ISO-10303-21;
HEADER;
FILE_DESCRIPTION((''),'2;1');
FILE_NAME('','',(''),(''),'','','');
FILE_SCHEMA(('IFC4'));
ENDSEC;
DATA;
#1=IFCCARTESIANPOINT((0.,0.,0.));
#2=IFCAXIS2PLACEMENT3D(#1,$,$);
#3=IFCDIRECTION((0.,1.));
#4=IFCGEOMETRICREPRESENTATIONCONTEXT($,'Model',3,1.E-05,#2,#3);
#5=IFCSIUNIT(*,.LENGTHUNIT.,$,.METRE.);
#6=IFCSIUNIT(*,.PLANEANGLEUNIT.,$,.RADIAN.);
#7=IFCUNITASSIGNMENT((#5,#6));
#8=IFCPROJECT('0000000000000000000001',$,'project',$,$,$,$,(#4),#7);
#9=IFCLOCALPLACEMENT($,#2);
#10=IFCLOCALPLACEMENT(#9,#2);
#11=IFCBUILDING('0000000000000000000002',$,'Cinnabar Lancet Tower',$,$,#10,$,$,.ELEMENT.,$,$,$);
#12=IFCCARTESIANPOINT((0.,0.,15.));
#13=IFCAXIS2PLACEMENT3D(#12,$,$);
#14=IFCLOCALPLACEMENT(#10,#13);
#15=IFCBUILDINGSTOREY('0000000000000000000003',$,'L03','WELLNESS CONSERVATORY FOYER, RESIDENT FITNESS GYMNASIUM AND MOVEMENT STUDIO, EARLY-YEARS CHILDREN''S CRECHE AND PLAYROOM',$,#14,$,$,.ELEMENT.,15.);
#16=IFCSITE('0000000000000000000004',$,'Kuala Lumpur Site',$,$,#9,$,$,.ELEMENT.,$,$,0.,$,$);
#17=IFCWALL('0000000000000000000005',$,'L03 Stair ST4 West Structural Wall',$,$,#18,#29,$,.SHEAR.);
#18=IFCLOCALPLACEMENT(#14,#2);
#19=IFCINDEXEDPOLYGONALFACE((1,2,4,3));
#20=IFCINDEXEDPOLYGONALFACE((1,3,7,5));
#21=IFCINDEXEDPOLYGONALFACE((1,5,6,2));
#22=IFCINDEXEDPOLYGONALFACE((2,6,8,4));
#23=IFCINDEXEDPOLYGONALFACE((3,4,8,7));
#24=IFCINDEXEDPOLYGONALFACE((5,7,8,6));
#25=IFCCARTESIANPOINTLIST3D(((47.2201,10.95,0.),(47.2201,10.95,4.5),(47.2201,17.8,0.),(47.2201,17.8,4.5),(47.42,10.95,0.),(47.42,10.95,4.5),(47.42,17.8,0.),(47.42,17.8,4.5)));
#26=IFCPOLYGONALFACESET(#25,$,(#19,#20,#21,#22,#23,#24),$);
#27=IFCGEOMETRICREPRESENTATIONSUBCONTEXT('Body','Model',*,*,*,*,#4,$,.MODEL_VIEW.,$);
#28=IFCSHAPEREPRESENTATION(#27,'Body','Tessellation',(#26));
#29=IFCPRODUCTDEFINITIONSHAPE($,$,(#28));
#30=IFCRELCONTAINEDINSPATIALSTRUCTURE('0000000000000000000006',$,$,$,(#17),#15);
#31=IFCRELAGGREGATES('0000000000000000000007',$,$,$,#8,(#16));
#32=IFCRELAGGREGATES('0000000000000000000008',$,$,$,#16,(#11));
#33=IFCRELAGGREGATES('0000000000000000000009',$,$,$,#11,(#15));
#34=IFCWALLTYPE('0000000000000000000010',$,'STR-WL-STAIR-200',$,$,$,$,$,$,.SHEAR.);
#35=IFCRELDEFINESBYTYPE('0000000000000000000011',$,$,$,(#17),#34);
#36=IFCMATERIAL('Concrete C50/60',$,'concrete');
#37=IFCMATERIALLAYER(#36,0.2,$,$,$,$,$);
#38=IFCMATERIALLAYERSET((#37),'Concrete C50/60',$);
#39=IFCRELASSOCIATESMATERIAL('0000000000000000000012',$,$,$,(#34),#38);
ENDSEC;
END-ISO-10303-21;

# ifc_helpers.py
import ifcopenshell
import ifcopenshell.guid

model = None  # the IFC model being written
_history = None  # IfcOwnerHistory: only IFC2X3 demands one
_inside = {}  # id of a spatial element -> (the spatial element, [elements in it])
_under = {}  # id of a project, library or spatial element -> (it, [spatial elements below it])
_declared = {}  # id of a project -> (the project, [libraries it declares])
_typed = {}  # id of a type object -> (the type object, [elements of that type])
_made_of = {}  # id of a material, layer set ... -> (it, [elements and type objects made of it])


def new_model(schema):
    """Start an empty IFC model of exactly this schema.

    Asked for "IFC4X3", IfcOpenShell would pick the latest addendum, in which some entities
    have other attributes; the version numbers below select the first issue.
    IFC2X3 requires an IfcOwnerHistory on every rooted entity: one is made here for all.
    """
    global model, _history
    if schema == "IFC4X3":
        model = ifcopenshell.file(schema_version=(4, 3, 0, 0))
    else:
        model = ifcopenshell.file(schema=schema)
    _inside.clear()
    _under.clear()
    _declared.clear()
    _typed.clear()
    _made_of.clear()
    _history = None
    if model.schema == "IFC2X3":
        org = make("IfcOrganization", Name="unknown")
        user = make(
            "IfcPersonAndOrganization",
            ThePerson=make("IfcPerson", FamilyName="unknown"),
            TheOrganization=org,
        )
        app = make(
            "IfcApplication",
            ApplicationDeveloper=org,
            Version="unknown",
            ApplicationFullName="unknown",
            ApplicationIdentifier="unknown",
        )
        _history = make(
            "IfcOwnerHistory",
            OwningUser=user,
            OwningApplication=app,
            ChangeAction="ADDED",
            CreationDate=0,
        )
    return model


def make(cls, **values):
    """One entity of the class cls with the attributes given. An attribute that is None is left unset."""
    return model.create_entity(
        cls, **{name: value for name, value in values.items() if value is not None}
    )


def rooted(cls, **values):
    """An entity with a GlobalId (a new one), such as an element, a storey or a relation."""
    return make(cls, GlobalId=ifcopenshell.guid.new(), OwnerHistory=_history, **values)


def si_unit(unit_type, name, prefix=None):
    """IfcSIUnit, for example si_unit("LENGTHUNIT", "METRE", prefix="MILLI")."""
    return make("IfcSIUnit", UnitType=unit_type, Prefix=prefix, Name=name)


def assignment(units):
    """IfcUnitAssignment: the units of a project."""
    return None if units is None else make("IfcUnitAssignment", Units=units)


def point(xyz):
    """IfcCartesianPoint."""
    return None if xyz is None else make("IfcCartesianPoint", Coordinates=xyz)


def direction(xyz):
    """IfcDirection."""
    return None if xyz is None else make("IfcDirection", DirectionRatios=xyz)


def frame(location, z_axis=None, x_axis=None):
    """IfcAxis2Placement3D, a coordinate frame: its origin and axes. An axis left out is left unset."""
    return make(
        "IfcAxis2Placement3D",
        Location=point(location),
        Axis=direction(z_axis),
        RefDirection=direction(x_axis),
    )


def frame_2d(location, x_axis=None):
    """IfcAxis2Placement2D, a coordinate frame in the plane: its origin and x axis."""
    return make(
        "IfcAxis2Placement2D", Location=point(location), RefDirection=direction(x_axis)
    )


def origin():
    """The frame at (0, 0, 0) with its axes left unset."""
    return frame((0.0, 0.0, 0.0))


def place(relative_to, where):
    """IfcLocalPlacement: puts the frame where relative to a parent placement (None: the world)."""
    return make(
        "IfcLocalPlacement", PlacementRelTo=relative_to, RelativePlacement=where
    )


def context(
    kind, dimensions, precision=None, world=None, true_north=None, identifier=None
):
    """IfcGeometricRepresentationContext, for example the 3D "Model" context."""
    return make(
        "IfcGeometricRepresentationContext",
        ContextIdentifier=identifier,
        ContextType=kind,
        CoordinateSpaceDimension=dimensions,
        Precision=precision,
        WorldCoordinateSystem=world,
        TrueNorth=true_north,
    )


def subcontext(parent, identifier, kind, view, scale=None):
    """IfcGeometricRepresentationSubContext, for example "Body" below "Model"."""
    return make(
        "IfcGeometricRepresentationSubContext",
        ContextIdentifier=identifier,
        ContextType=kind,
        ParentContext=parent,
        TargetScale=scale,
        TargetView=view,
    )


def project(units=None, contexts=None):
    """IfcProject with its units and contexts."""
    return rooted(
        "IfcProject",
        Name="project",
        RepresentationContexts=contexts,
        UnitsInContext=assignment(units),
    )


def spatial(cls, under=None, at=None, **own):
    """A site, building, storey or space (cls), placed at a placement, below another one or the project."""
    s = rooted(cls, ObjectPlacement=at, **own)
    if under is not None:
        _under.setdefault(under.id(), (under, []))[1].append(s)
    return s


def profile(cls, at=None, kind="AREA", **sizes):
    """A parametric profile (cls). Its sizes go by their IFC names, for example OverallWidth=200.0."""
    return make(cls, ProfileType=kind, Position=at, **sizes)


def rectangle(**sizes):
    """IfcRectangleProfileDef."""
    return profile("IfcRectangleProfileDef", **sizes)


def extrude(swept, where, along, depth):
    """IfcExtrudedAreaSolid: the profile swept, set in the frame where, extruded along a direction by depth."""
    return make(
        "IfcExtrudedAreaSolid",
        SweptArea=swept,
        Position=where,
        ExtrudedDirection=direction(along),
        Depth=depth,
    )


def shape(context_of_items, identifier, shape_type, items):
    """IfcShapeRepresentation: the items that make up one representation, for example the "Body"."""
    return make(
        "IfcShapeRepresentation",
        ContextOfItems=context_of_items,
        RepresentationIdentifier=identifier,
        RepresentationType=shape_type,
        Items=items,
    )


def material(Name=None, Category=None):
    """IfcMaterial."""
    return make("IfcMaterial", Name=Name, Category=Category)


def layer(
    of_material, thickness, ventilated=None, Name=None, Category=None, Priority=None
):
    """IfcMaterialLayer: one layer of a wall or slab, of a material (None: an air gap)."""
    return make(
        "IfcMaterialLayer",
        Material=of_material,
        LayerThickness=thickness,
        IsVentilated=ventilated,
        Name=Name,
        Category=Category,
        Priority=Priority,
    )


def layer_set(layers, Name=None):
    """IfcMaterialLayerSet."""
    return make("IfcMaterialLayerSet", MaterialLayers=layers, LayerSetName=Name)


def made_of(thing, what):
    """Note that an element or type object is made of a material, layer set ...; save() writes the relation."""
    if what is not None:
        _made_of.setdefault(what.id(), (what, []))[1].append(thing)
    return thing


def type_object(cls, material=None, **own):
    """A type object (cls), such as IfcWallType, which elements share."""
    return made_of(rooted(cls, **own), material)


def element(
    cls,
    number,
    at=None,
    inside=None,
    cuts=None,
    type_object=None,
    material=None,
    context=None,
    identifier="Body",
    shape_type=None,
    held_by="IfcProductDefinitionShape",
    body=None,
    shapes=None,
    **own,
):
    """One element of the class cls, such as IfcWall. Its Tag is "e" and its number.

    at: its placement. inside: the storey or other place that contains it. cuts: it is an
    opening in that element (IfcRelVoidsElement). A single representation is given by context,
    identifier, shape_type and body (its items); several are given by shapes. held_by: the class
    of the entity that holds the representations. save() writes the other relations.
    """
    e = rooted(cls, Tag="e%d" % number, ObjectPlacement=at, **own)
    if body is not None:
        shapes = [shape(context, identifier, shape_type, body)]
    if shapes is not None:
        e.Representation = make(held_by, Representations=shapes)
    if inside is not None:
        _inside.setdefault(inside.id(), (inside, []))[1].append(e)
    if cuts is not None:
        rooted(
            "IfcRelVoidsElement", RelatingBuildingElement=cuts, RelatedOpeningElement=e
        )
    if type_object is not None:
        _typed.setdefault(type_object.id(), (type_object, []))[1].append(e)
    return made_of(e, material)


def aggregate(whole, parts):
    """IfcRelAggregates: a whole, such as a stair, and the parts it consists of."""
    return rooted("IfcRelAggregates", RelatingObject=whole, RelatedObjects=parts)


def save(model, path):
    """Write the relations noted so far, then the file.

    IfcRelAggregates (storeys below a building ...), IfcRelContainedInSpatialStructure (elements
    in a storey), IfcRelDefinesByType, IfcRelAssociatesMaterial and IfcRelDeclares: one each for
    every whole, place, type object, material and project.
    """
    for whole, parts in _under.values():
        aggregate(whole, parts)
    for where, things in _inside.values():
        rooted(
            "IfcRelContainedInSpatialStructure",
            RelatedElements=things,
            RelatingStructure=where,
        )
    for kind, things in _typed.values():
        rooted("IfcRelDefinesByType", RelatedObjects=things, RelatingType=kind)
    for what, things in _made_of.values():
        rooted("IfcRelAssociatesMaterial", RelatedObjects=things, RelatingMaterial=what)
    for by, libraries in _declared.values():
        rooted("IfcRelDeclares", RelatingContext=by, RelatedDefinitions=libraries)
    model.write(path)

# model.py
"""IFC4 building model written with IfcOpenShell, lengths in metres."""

from ifc_helpers import new_model, si_unit, direction, frame, frame_2d, origin, place, context, subcontext, project, spatial, rectangle, extrude, material, layer, layer_set, type_object, element, save


model = new_model("IFC4")

# Units and contexts
model_context = context("Model", 3, precision=1e-05, world=origin(), true_north=direction((0.0, 1.0)))
body_context = subcontext(model_context, "Body", "Model", "MODEL_VIEW")
ifc_project = project(units=[si_unit("LENGTHUNIT", "METRE"), si_unit("PLANEANGLEUNIT", "RADIAN")], contexts=[model_context])

# Site, building, storey
site_placement = place(None, origin())
site = spatial("IfcSite", under=ifc_project, at=site_placement, Name="Kuala Lumpur Site", CompositionType="ELEMENT", RefElevation=0.0)
building_placement = place(site_placement, origin())
building = spatial("IfcBuilding", under=site, at=building_placement, Name="Cinnabar Lancet Tower", CompositionType="ELEMENT")
storey_placement = place(building_placement, frame((0.0, 0.0, 15.0)))
storey = spatial("IfcBuildingStorey", under=building, at=storey_placement, Name="L03", Description="WELLNESS CONSERVATORY FOYER, RESIDENT FITNESS GYMNASIUM AND MOVEMENT STUDIO, EARLY-YEARS CHILDREN'S CRECHE AND PLAYROOM", CompositionType="ELEMENT", Elevation=15.0)

# Wall
ifc_material_1 = material(Name="Concrete C50/60", Category="concrete")
ifc_layer_1 = layer(ifc_material_1, 0.2)
ifc_layer_set_1 = layer_set([ifc_layer_1], Name="Concrete C50/60")
wall_type_1 = type_object("IfcWallType", Name="STR-WL-STAIR-200", PredefinedType="SHEAR", material=ifc_layer_set_1)
wall_1_placement = place(storey_placement, frame((47.3201, 10.95, 0.0), z_axis=(0.0, 0.0, 1.0), x_axis=(0.0, 1.0, 0.0)))
element("IfcWall", 1, at=wall_1_placement, inside=storey, type_object=wall_type_1, Name="L03 Stair ST4 West Structural Wall", PredefinedType="SHEAR", context=body_context, shape_type="SweptSolid", body=[
    extrude(rectangle(XDim=6.8501, YDim=0.2, at=frame_2d((3.425, 0.0))), origin(), (0.0, 0.0, 1.0), 4.5),
])

save(model, "model.ifc")
